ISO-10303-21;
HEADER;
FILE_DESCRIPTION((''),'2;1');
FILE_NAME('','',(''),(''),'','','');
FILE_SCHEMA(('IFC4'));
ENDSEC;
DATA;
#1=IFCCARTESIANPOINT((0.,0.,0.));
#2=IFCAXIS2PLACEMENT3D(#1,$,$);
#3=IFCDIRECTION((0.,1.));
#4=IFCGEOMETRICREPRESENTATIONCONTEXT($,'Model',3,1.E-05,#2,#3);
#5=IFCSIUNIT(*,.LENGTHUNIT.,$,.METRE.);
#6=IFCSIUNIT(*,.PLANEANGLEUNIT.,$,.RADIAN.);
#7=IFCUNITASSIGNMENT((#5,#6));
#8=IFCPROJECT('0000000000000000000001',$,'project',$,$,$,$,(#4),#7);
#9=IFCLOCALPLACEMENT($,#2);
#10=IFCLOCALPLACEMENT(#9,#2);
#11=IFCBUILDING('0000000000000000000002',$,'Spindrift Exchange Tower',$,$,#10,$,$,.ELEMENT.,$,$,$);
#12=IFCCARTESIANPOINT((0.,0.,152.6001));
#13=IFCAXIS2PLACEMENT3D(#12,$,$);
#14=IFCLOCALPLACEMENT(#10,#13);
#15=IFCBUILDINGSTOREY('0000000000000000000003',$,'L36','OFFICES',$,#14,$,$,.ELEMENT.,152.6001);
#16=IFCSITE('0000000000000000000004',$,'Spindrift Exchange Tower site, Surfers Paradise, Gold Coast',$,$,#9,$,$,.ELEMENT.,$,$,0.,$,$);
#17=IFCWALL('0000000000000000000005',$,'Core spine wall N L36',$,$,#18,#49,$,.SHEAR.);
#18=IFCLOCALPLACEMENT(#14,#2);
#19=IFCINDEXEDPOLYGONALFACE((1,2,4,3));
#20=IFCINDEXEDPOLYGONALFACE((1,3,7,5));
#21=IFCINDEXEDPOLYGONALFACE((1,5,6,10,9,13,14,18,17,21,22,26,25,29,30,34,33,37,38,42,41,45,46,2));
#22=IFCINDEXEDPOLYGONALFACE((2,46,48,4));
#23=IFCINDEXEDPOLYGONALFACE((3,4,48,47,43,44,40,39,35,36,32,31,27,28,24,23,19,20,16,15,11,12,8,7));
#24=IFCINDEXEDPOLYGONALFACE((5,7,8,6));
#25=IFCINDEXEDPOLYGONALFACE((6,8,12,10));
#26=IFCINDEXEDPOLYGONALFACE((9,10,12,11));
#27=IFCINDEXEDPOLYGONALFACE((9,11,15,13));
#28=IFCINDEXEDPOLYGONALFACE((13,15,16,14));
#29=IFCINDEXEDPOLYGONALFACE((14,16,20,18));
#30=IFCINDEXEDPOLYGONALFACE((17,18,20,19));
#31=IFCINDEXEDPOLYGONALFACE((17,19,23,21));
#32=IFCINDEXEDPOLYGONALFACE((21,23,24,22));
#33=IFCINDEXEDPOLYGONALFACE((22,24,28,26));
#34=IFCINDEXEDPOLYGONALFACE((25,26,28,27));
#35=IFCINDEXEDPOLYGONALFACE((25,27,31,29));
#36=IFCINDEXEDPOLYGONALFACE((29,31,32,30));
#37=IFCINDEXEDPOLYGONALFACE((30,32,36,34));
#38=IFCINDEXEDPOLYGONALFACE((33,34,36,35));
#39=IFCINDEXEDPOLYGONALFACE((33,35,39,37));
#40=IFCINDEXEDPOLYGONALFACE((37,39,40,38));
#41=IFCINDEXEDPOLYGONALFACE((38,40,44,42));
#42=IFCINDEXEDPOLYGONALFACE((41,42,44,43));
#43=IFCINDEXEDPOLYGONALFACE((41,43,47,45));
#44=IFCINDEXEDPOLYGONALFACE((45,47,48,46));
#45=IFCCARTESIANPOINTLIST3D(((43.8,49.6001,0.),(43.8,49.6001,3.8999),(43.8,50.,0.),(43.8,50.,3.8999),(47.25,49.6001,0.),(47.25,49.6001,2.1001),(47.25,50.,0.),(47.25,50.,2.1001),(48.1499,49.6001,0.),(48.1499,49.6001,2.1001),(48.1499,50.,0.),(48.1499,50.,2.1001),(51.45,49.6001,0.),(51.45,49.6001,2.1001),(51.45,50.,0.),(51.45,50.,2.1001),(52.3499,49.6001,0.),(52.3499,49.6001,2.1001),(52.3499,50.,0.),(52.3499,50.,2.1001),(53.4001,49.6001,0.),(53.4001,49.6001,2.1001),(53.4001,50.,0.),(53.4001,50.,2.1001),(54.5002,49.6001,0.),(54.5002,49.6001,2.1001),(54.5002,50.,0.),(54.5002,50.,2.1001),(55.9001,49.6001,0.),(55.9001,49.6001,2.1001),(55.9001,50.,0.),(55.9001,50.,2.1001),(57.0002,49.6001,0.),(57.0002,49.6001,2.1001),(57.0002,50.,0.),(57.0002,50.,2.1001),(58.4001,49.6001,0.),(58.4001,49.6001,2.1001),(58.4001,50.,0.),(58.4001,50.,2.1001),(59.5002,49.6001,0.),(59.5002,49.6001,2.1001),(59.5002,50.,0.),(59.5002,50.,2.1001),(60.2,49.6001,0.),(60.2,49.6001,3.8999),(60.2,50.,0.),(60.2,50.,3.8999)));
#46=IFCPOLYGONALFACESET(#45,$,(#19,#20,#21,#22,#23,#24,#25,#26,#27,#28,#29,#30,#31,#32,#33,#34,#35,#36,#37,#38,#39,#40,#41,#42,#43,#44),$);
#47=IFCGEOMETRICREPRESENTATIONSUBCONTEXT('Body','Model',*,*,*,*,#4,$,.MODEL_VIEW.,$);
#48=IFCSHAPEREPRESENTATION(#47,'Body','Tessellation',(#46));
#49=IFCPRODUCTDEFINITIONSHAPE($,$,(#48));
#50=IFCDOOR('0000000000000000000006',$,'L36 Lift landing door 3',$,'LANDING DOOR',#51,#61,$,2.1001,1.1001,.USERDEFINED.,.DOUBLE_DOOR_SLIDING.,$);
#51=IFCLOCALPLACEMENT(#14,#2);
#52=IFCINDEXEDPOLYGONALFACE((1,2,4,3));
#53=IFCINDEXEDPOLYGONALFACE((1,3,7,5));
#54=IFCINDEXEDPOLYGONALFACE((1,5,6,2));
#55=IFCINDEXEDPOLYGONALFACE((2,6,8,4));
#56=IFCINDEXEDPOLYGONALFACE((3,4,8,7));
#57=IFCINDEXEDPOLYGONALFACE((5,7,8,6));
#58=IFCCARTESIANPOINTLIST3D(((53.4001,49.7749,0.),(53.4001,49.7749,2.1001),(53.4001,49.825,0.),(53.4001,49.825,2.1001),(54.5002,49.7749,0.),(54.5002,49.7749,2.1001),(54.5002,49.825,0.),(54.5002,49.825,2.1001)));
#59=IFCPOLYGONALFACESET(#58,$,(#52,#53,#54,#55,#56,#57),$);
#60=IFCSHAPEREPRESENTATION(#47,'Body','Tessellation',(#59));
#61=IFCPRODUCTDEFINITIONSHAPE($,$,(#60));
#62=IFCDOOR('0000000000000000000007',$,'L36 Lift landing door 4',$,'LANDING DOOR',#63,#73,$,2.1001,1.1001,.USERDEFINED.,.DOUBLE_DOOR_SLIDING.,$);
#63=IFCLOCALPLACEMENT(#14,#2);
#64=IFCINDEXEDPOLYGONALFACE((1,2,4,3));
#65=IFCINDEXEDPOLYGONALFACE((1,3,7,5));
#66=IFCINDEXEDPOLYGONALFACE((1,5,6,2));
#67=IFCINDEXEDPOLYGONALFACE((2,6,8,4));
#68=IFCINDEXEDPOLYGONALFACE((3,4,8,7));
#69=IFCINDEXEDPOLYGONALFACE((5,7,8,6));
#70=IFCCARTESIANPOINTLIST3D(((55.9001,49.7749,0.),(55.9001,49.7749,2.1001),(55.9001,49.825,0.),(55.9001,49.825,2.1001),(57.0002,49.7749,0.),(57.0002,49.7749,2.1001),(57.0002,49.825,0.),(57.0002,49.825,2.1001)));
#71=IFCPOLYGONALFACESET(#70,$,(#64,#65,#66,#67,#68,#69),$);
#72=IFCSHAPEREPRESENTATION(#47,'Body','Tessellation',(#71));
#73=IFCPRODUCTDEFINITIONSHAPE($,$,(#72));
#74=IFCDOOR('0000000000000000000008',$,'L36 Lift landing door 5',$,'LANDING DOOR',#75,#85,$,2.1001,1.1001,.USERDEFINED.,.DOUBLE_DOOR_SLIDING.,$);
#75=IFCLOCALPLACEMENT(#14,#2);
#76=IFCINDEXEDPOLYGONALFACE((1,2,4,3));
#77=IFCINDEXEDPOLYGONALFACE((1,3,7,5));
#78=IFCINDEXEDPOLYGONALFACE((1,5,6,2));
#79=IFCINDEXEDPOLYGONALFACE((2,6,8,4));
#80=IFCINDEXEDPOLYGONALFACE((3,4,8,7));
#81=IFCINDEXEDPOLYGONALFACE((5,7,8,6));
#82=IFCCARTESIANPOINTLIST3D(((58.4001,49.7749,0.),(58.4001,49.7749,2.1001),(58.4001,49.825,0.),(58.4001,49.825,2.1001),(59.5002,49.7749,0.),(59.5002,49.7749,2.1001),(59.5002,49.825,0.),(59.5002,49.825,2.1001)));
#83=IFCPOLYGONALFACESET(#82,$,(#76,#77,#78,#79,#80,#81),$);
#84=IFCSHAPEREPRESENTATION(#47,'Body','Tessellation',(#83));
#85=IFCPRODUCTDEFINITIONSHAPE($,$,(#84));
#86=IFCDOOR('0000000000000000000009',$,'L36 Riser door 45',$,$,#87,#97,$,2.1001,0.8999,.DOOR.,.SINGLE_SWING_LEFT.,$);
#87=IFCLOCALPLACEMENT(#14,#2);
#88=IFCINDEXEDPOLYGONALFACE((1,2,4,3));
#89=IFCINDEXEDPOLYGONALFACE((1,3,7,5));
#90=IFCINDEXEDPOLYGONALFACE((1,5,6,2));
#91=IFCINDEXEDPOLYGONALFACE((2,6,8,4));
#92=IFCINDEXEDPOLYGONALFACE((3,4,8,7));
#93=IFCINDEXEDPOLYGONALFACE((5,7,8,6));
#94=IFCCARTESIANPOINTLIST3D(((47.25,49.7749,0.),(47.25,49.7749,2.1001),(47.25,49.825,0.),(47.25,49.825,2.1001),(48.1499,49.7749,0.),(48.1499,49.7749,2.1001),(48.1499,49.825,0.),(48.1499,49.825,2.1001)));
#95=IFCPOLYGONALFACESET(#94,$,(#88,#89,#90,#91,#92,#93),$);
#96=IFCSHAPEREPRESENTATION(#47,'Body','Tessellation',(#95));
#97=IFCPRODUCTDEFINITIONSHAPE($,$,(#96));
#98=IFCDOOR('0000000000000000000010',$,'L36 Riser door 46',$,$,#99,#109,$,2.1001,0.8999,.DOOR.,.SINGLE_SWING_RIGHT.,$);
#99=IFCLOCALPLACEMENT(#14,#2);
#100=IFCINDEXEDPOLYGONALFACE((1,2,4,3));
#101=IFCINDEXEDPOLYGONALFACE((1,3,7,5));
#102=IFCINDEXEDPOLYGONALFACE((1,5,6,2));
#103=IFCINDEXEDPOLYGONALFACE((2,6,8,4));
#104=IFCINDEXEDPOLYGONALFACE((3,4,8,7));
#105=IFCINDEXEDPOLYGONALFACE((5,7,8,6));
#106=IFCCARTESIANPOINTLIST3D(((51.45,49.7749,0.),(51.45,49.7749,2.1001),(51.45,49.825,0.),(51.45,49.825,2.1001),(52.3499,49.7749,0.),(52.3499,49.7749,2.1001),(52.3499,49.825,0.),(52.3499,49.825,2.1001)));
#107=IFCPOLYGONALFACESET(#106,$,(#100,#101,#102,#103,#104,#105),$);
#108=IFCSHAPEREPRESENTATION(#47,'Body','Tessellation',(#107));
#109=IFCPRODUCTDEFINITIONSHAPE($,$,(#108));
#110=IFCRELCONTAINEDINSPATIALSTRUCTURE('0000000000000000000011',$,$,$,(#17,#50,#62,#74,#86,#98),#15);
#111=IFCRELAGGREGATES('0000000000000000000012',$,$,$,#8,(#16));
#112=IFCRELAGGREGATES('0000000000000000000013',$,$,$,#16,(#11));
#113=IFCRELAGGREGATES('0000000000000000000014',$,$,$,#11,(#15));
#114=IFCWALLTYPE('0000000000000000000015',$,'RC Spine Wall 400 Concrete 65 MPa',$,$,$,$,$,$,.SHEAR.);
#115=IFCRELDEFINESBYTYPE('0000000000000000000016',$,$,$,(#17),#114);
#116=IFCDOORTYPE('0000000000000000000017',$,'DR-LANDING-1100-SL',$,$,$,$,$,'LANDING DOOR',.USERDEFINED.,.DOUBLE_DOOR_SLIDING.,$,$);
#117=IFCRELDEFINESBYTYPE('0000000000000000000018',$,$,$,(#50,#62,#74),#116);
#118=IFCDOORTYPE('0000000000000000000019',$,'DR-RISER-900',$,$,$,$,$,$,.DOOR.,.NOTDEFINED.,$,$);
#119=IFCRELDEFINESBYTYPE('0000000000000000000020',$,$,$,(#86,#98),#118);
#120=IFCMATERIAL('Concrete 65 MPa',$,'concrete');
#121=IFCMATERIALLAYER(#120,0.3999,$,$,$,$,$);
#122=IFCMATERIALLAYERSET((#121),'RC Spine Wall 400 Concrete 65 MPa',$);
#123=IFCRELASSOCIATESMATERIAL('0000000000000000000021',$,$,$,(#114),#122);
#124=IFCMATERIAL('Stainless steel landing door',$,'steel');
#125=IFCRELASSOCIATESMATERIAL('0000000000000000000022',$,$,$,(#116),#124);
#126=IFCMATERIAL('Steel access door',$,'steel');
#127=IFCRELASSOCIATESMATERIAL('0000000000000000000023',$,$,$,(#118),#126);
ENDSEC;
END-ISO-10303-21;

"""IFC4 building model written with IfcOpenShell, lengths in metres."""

from ifc_helpers import new_model, si_unit, direction, frame, frame_2d, origin, place, context, subcontext, project, spatial, rectangle, extrude, source, transform, mapped, material, layer, layer_set, type_object, element, fill, save


model = new_model("IFC4")

# Units and contexts
model_context = context("Model", 3, precision=1e-05, world=origin(), true_north=direction((0.0, 1.0)))
body_context = subcontext(model_context, "Body", "Model", "MODEL_VIEW")
ifc_project = project(units=[si_unit("LENGTHUNIT", "METRE"), si_unit("PLANEANGLEUNIT", "RADIAN")], contexts=[model_context])

# Site, building, storey
site_placement = place(None, origin())
site = spatial("IfcSite", under=ifc_project, at=site_placement, Name="Spindrift Exchange Tower site, Surfers Paradise, Gold Coast", CompositionType="ELEMENT", RefElevation=0.0)
building_placement = place(site_placement, origin())
building = spatial("IfcBuilding", under=site, at=building_placement, Name="Spindrift Exchange Tower", CompositionType="ELEMENT")
storey_placement = place(building_placement, frame((0.0, 0.0, 152.6001)))
storey = spatial("IfcBuildingStorey", under=building, at=storey_placement, Name="L36", Description="OFFICES", CompositionType="ELEMENT", Elevation=152.6001)

# Wall, openings, doors
ifc_material_1 = material(Name="Concrete 65 MPa", Category="concrete")
ifc_layer_1 = layer(ifc_material_1, 0.3999)
ifc_layer_set_1 = layer_set([ifc_layer_1], Name="RC Spine Wall 400 Concrete 65 MPa")
wall_type_1 = type_object("IfcWallType", Name="RC Spine Wall 400 Concrete 65 MPa", PredefinedType="SHEAR", material=ifc_layer_set_1)
wall_1_placement = place(storey_placement, frame((43.8, 49.8, 0.0), z_axis=(0.0, 0.0, 1.0), x_axis=(1.0, 0.0, 0.0)))
wall_1 = element("IfcWall", 1, at=wall_1_placement, inside=storey, type_object=wall_type_1, Name="Core spine wall N L36", PredefinedType="SHEAR", context=body_context, shape_type="SweptSolid", body=[
    extrude(rectangle(XDim=16.3999, YDim=0.3999, at=frame_2d((8.2, 0.0))), origin(), (0.0, 0.0, 1.0), 3.8999),
])
opening_1_placement = place(wall_1_placement, frame((9.6001, 0.0, 0.0)))
opening_1 = element("IfcOpeningElement", 2, at=opening_1_placement, cuts=wall_1, PredefinedType="OPENING", context=body_context, shape_type="SweptSolid", body=[
    extrude(rectangle(XDim=1.1001, YDim=2.1001, at=frame_2d((0.55, 1.05))), frame((0.0, 0.21, 0.0), z_axis=(0.0, -1.0, 0.0), x_axis=(1.0, 0.0, 0.0)), (0.0, 0.0, 1.0), 0.4199),
])
opening_2_placement = place(wall_1_placement, frame((12.1001, 0.0, 0.0)))
opening_2 = element("IfcOpeningElement", 3, at=opening_2_placement, cuts=wall_1, PredefinedType="OPENING", context=body_context, shape_type="SweptSolid", body=[
    extrude(rectangle(XDim=1.1001, YDim=2.1001, at=frame_2d((0.55, 1.05))), frame((0.0, 0.21, 0.0), z_axis=(0.0, -1.0, 0.0), x_axis=(1.0, 0.0, 0.0)), (0.0, 0.0, 1.0), 0.4199),
])
opening_3_placement = place(wall_1_placement, frame((14.6001, 0.0, 0.0)))
opening_3 = element("IfcOpeningElement", 4, at=opening_3_placement, cuts=wall_1, PredefinedType="OPENING", context=body_context, shape_type="SweptSolid", body=[
    extrude(rectangle(XDim=1.1001, YDim=2.1001, at=frame_2d((0.55, 1.05))), frame((0.0, 0.21, 0.0), z_axis=(0.0, -1.0, 0.0), x_axis=(1.0, 0.0, 0.0)), (0.0, 0.0, 1.0), 0.4199),
])
opening_4_placement = place(wall_1_placement, frame((3.45, 0.0, 0.0)))
opening_4 = element("IfcOpeningElement", 5, at=opening_4_placement, cuts=wall_1, PredefinedType="OPENING", context=body_context, shape_type="SweptSolid", body=[
    extrude(rectangle(XDim=0.8999, YDim=2.1001, at=frame_2d((0.45, 1.05))), frame((0.0, 0.21, 0.0), z_axis=(0.0, -1.0, 0.0), x_axis=(1.0, 0.0, 0.0)), (0.0, 0.0, 1.0), 0.4199),
])
opening_5_placement = place(wall_1_placement, frame((7.6499, 0.0, 0.0)))
opening_5 = element("IfcOpeningElement", 6, at=opening_5_placement, cuts=wall_1, PredefinedType="OPENING", context=body_context, shape_type="SweptSolid", body=[
    extrude(rectangle(XDim=0.8999, YDim=2.1001, at=frame_2d((0.45, 1.05))), frame((0.0, 0.21, 0.0), z_axis=(0.0, -1.0, 0.0), x_axis=(1.0, 0.0, 0.0)), (0.0, 0.0, 1.0), 0.4199),
])
ifc_material_2 = material(Name="Stainless steel landing door", Category="steel")
door_type_1 = type_object("IfcDoorType", Name="DR-LANDING-1100-SL", ElementType="LANDING DOOR", OperationType="DOUBLE_DOOR_SLIDING", PredefinedType="USERDEFINED", material=ifc_material_2)
shared_shape_1 = source(origin(), body_context, "Body", "SweptSolid", [
    extrude(rectangle(XDim=1.1001, YDim=2.1001, at=frame_2d((0.55, 1.05))), frame((0.0, 0.0249, 0.0), z_axis=(0.0, -1.0, 0.0), x_axis=(1.0, 0.0, 0.0)), (0.0, 0.0, 1.0), 0.05),
])
door_1_placement = place(opening_1_placement, origin())
door_1 = element("IfcDoor", 7, at=door_1_placement, inside=storey, type_object=door_type_1, Name="L36 Lift landing door 3", ObjectType="LANDING DOOR", OperationType="DOUBLE_DOOR_SLIDING", OverallHeight=2.1001, OverallWidth=1.1001, PredefinedType="USERDEFINED", context=body_context, shape_type="MappedRepresentation", body=[
    mapped(shared_shape_1, transform((0.0, 0.0, 0.0), scale=1.0)),
])
fill(opening_1, door_1)
door_2_placement = place(opening_2_placement, origin())
door_2 = element("IfcDoor", 8, at=door_2_placement, inside=storey, type_object=door_type_1, Name="L36 Lift landing door 4", ObjectType="LANDING DOOR", OperationType="DOUBLE_DOOR_SLIDING", OverallHeight=2.1001, OverallWidth=1.1001, PredefinedType="USERDEFINED", context=body_context, shape_type="MappedRepresentation", body=[
    mapped(shared_shape_1, transform((0.0, 0.0, 0.0), scale=1.0)),
])
fill(opening_2, door_2)
door_3_placement = place(opening_3_placement, origin())
door_3 = element("IfcDoor", 9, at=door_3_placement, inside=storey, type_object=door_type_1, Name="L36 Lift landing door 5", ObjectType="LANDING DOOR", OperationType="DOUBLE_DOOR_SLIDING", OverallHeight=2.1001, OverallWidth=1.1001, PredefinedType="USERDEFINED", context=body_context, shape_type="MappedRepresentation", body=[
    mapped(shared_shape_1, transform((0.0, 0.0, 0.0), scale=1.0)),
])
fill(opening_3, door_3)
ifc_material_3 = material(Name="Steel access door", Category="steel")
door_type_2 = type_object("IfcDoorType", Name="DR-RISER-900", OperationType="NOTDEFINED", PredefinedType="DOOR", material=ifc_material_3)
shared_shape_2 = source(origin(), body_context, "Body", "SweptSolid", [
    extrude(rectangle(XDim=0.8999, YDim=2.1001, at=frame_2d((0.45, 1.05))), frame((0.0, 0.0249, 0.0), z_axis=(0.0, -1.0, 0.0), x_axis=(1.0, 0.0, 0.0)), (0.0, 0.0, 1.0), 0.05),
])
door_4_placement = place(opening_4_placement, origin())
door_4 = element("IfcDoor", 10, at=door_4_placement, inside=storey, type_object=door_type_2, Name="L36 Riser door 45", OperationType="SINGLE_SWING_LEFT", OverallHeight=2.1001, OverallWidth=0.8999, PredefinedType="DOOR", context=body_context, shape_type="MappedRepresentation", body=[
    mapped(shared_shape_2, transform((0.0, 0.0, 0.0), scale=1.0)),
])
fill(opening_4, door_4)
door_5_placement = place(opening_5_placement, origin())
door_5 = element("IfcDoor", 11, at=door_5_placement, inside=storey, type_object=door_type_2, Name="L36 Riser door 46", OperationType="SINGLE_SWING_RIGHT", OverallHeight=2.1001, OverallWidth=0.8999, PredefinedType="DOOR", context=body_context, shape_type="MappedRepresentation", body=[
    mapped(shared_shape_2, transform((0.0, 0.0, 0.0), scale=1.0)),
])
fill(opening_5, door_5)

save(model, "model.ifc")
